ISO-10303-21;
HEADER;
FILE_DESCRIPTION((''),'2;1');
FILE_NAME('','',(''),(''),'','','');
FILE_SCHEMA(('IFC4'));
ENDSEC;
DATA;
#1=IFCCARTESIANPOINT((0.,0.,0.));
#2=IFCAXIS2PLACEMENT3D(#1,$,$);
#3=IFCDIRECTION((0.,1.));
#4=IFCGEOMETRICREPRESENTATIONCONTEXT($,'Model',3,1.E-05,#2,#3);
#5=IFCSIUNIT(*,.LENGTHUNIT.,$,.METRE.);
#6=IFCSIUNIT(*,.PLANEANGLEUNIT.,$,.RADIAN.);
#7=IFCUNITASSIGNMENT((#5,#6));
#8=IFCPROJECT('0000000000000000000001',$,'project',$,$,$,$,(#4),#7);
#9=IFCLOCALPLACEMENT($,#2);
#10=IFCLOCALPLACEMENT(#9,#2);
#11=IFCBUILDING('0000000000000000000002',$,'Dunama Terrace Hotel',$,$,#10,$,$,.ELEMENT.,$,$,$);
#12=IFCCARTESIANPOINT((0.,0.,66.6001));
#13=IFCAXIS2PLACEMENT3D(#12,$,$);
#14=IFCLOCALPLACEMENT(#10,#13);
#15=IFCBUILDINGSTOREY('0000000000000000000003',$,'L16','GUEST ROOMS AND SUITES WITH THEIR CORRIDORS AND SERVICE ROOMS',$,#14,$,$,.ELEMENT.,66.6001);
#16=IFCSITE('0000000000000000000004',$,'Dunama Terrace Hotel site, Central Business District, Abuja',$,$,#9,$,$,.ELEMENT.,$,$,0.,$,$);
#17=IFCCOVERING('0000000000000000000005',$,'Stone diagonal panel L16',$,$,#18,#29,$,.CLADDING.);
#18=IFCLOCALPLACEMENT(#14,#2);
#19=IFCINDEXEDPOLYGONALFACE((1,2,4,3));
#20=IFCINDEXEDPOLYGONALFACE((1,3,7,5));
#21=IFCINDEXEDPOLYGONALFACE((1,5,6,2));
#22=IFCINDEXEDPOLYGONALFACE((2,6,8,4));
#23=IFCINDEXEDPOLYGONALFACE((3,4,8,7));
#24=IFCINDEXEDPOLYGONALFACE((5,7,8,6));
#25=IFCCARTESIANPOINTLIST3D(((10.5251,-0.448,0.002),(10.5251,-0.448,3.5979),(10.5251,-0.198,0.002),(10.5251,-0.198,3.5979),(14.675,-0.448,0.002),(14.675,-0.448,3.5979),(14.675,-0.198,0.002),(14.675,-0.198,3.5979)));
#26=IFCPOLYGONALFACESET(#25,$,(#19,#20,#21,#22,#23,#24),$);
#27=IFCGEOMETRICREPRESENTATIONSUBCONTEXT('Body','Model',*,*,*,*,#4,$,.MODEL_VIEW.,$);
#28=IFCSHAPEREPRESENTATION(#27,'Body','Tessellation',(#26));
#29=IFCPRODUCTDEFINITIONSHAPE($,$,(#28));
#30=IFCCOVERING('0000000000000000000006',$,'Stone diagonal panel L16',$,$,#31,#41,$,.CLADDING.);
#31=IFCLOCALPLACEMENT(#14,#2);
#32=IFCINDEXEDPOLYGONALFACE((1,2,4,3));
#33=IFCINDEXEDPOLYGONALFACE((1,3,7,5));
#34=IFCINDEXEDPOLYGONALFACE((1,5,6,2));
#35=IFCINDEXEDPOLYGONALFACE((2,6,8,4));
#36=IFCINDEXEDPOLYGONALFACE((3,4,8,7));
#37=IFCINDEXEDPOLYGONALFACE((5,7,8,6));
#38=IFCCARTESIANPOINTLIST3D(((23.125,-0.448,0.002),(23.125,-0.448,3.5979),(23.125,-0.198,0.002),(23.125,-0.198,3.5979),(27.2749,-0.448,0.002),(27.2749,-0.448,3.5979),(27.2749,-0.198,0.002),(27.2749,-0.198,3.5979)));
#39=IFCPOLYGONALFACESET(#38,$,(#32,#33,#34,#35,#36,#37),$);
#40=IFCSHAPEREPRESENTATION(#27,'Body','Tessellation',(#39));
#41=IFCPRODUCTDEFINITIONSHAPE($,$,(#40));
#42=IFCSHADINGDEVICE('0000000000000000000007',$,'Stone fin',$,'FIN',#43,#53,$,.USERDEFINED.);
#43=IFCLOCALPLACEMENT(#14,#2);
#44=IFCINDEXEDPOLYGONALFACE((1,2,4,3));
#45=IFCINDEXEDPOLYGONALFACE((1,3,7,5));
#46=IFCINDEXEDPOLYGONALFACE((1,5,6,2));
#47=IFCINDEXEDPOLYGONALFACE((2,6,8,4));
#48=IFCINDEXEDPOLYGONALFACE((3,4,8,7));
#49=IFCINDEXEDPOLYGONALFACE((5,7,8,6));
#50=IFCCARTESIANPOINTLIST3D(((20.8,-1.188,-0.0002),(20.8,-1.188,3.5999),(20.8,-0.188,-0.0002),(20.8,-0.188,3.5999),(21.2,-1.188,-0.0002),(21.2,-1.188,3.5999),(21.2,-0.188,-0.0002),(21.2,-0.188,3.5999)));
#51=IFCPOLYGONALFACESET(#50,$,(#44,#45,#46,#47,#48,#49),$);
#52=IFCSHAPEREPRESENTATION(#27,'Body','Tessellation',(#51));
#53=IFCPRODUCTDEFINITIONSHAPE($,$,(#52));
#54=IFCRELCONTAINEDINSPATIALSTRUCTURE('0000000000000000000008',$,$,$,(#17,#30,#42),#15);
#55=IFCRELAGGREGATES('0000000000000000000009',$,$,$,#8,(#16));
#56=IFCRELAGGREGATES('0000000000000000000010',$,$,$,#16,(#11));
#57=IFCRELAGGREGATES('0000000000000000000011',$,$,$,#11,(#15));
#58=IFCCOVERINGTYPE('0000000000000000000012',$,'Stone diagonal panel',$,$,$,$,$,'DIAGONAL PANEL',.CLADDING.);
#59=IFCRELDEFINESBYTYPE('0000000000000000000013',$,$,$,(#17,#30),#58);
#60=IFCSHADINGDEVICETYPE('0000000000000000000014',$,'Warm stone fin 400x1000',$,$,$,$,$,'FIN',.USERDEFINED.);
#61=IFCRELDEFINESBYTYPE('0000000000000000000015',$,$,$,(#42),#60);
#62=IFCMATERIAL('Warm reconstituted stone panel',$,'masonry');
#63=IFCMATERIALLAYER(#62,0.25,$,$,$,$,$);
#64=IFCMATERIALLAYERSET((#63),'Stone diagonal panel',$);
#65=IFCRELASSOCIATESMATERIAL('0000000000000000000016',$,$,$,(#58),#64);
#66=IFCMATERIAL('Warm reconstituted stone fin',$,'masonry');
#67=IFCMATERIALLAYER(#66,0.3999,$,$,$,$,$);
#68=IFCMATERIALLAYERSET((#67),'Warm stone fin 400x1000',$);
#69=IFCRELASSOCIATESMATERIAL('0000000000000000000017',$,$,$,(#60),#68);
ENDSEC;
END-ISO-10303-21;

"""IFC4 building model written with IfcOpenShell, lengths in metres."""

from ifc_helpers import new_model, si_unit, direction, frame, origin, origin_2d, place, context, subcontext, project, spatial, rectangle, extrude, material, layer, layer_set, type_object, element, save


model = new_model("IFC4")

# Units and contexts
model_context = context("Model", 3, precision=1e-05, world=origin(), true_north=direction((0.0, 1.0)))
body_context = subcontext(model_context, "Body", "Model", "MODEL_VIEW")
ifc_project = project(units=[si_unit("LENGTHUNIT", "METRE"), si_unit("PLANEANGLEUNIT", "RADIAN")], contexts=[model_context])

# Site, building, storey
site_placement = place(None, origin())
site = spatial("IfcSite", under=ifc_project, at=site_placement, Name="Dunama Terrace Hotel site, Central Business District, Abuja", CompositionType="ELEMENT", RefElevation=0.0)
building_placement = place(site_placement, origin())
building = spatial("IfcBuilding", under=site, at=building_placement, Name="Dunama Terrace Hotel", CompositionType="ELEMENT")
storey_placement = place(building_placement, frame((0.0, 0.0, 66.6001)))
storey = spatial("IfcBuildingStorey", under=building, at=storey_placement, Name="L16", Description="GUEST ROOMS AND SUITES WITH THEIR CORRIDORS AND SERVICE ROOMS", CompositionType="ELEMENT", Elevation=66.6001)

# Coverings
ifc_material_1 = material(Name="Warm reconstituted stone panel", Category="masonry")
ifc_layer_1 = layer(ifc_material_1, 0.25)
ifc_layer_set_1 = layer_set([ifc_layer_1], Name="Stone diagonal panel")
covering_type = type_object("IfcCoveringType", Name="Stone diagonal panel", ElementType="DIAGONAL PANEL", PredefinedType="CLADDING", material=ifc_layer_set_1)
for number, where, z_axis, x_axis, name in (
    (1, (12.6001, -0.323, 0.002), (0.0, 0.0, 1.0), (1.0, 0.0, 0.0), "Stone diagonal panel L16"),
    (2, (25.2, -0.323, 0.002), (0.0, 0.0, 1.0), (1.0, 0.0, 0.0), "Stone diagonal panel L16"),
):
    element("IfcCovering", number, at=place(storey_placement, frame(where, z_axis=z_axis, x_axis=x_axis)), inside=storey, type_object=covering_type, Name=name, PredefinedType="CLADDING", context=body_context, shape_type="SweptSolid", body=[
        extrude(rectangle(XDim=4.1499, YDim=0.25, at=origin_2d()), origin(), (0.0, 0.0, 1.0), 3.5959),
    ])

# Shading device
ifc_material_2 = material(Name="Warm reconstituted stone fin", Category="masonry")
ifc_layer_2 = layer(ifc_material_2, 0.3999)
ifc_layer_set_2 = layer_set([ifc_layer_2], Name="Warm stone fin 400x1000")
shading_device_type = type_object("IfcShadingDeviceType", Name="Warm stone fin 400x1000", ElementType="FIN", PredefinedType="USERDEFINED", material=ifc_layer_set_2)
shading_device_placement = place(storey_placement, frame((21.0, -0.688, -0.0002), z_axis=(0.0, 0.0, 1.0), x_axis=(1.0, 0.0, 0.0)))
element("IfcShadingDevice", 3, at=shading_device_placement, inside=storey, type_object=shading_device_type, Name="Stone fin", ObjectType="FIN", PredefinedType="USERDEFINED", context=body_context, shape_type="SweptSolid", body=[
    extrude(rectangle(XDim=0.3999, YDim=1.0, at=origin_2d()), origin(), (0.0, 0.0, 1.0), 3.6001),
])

save(model, "model.ifc")
